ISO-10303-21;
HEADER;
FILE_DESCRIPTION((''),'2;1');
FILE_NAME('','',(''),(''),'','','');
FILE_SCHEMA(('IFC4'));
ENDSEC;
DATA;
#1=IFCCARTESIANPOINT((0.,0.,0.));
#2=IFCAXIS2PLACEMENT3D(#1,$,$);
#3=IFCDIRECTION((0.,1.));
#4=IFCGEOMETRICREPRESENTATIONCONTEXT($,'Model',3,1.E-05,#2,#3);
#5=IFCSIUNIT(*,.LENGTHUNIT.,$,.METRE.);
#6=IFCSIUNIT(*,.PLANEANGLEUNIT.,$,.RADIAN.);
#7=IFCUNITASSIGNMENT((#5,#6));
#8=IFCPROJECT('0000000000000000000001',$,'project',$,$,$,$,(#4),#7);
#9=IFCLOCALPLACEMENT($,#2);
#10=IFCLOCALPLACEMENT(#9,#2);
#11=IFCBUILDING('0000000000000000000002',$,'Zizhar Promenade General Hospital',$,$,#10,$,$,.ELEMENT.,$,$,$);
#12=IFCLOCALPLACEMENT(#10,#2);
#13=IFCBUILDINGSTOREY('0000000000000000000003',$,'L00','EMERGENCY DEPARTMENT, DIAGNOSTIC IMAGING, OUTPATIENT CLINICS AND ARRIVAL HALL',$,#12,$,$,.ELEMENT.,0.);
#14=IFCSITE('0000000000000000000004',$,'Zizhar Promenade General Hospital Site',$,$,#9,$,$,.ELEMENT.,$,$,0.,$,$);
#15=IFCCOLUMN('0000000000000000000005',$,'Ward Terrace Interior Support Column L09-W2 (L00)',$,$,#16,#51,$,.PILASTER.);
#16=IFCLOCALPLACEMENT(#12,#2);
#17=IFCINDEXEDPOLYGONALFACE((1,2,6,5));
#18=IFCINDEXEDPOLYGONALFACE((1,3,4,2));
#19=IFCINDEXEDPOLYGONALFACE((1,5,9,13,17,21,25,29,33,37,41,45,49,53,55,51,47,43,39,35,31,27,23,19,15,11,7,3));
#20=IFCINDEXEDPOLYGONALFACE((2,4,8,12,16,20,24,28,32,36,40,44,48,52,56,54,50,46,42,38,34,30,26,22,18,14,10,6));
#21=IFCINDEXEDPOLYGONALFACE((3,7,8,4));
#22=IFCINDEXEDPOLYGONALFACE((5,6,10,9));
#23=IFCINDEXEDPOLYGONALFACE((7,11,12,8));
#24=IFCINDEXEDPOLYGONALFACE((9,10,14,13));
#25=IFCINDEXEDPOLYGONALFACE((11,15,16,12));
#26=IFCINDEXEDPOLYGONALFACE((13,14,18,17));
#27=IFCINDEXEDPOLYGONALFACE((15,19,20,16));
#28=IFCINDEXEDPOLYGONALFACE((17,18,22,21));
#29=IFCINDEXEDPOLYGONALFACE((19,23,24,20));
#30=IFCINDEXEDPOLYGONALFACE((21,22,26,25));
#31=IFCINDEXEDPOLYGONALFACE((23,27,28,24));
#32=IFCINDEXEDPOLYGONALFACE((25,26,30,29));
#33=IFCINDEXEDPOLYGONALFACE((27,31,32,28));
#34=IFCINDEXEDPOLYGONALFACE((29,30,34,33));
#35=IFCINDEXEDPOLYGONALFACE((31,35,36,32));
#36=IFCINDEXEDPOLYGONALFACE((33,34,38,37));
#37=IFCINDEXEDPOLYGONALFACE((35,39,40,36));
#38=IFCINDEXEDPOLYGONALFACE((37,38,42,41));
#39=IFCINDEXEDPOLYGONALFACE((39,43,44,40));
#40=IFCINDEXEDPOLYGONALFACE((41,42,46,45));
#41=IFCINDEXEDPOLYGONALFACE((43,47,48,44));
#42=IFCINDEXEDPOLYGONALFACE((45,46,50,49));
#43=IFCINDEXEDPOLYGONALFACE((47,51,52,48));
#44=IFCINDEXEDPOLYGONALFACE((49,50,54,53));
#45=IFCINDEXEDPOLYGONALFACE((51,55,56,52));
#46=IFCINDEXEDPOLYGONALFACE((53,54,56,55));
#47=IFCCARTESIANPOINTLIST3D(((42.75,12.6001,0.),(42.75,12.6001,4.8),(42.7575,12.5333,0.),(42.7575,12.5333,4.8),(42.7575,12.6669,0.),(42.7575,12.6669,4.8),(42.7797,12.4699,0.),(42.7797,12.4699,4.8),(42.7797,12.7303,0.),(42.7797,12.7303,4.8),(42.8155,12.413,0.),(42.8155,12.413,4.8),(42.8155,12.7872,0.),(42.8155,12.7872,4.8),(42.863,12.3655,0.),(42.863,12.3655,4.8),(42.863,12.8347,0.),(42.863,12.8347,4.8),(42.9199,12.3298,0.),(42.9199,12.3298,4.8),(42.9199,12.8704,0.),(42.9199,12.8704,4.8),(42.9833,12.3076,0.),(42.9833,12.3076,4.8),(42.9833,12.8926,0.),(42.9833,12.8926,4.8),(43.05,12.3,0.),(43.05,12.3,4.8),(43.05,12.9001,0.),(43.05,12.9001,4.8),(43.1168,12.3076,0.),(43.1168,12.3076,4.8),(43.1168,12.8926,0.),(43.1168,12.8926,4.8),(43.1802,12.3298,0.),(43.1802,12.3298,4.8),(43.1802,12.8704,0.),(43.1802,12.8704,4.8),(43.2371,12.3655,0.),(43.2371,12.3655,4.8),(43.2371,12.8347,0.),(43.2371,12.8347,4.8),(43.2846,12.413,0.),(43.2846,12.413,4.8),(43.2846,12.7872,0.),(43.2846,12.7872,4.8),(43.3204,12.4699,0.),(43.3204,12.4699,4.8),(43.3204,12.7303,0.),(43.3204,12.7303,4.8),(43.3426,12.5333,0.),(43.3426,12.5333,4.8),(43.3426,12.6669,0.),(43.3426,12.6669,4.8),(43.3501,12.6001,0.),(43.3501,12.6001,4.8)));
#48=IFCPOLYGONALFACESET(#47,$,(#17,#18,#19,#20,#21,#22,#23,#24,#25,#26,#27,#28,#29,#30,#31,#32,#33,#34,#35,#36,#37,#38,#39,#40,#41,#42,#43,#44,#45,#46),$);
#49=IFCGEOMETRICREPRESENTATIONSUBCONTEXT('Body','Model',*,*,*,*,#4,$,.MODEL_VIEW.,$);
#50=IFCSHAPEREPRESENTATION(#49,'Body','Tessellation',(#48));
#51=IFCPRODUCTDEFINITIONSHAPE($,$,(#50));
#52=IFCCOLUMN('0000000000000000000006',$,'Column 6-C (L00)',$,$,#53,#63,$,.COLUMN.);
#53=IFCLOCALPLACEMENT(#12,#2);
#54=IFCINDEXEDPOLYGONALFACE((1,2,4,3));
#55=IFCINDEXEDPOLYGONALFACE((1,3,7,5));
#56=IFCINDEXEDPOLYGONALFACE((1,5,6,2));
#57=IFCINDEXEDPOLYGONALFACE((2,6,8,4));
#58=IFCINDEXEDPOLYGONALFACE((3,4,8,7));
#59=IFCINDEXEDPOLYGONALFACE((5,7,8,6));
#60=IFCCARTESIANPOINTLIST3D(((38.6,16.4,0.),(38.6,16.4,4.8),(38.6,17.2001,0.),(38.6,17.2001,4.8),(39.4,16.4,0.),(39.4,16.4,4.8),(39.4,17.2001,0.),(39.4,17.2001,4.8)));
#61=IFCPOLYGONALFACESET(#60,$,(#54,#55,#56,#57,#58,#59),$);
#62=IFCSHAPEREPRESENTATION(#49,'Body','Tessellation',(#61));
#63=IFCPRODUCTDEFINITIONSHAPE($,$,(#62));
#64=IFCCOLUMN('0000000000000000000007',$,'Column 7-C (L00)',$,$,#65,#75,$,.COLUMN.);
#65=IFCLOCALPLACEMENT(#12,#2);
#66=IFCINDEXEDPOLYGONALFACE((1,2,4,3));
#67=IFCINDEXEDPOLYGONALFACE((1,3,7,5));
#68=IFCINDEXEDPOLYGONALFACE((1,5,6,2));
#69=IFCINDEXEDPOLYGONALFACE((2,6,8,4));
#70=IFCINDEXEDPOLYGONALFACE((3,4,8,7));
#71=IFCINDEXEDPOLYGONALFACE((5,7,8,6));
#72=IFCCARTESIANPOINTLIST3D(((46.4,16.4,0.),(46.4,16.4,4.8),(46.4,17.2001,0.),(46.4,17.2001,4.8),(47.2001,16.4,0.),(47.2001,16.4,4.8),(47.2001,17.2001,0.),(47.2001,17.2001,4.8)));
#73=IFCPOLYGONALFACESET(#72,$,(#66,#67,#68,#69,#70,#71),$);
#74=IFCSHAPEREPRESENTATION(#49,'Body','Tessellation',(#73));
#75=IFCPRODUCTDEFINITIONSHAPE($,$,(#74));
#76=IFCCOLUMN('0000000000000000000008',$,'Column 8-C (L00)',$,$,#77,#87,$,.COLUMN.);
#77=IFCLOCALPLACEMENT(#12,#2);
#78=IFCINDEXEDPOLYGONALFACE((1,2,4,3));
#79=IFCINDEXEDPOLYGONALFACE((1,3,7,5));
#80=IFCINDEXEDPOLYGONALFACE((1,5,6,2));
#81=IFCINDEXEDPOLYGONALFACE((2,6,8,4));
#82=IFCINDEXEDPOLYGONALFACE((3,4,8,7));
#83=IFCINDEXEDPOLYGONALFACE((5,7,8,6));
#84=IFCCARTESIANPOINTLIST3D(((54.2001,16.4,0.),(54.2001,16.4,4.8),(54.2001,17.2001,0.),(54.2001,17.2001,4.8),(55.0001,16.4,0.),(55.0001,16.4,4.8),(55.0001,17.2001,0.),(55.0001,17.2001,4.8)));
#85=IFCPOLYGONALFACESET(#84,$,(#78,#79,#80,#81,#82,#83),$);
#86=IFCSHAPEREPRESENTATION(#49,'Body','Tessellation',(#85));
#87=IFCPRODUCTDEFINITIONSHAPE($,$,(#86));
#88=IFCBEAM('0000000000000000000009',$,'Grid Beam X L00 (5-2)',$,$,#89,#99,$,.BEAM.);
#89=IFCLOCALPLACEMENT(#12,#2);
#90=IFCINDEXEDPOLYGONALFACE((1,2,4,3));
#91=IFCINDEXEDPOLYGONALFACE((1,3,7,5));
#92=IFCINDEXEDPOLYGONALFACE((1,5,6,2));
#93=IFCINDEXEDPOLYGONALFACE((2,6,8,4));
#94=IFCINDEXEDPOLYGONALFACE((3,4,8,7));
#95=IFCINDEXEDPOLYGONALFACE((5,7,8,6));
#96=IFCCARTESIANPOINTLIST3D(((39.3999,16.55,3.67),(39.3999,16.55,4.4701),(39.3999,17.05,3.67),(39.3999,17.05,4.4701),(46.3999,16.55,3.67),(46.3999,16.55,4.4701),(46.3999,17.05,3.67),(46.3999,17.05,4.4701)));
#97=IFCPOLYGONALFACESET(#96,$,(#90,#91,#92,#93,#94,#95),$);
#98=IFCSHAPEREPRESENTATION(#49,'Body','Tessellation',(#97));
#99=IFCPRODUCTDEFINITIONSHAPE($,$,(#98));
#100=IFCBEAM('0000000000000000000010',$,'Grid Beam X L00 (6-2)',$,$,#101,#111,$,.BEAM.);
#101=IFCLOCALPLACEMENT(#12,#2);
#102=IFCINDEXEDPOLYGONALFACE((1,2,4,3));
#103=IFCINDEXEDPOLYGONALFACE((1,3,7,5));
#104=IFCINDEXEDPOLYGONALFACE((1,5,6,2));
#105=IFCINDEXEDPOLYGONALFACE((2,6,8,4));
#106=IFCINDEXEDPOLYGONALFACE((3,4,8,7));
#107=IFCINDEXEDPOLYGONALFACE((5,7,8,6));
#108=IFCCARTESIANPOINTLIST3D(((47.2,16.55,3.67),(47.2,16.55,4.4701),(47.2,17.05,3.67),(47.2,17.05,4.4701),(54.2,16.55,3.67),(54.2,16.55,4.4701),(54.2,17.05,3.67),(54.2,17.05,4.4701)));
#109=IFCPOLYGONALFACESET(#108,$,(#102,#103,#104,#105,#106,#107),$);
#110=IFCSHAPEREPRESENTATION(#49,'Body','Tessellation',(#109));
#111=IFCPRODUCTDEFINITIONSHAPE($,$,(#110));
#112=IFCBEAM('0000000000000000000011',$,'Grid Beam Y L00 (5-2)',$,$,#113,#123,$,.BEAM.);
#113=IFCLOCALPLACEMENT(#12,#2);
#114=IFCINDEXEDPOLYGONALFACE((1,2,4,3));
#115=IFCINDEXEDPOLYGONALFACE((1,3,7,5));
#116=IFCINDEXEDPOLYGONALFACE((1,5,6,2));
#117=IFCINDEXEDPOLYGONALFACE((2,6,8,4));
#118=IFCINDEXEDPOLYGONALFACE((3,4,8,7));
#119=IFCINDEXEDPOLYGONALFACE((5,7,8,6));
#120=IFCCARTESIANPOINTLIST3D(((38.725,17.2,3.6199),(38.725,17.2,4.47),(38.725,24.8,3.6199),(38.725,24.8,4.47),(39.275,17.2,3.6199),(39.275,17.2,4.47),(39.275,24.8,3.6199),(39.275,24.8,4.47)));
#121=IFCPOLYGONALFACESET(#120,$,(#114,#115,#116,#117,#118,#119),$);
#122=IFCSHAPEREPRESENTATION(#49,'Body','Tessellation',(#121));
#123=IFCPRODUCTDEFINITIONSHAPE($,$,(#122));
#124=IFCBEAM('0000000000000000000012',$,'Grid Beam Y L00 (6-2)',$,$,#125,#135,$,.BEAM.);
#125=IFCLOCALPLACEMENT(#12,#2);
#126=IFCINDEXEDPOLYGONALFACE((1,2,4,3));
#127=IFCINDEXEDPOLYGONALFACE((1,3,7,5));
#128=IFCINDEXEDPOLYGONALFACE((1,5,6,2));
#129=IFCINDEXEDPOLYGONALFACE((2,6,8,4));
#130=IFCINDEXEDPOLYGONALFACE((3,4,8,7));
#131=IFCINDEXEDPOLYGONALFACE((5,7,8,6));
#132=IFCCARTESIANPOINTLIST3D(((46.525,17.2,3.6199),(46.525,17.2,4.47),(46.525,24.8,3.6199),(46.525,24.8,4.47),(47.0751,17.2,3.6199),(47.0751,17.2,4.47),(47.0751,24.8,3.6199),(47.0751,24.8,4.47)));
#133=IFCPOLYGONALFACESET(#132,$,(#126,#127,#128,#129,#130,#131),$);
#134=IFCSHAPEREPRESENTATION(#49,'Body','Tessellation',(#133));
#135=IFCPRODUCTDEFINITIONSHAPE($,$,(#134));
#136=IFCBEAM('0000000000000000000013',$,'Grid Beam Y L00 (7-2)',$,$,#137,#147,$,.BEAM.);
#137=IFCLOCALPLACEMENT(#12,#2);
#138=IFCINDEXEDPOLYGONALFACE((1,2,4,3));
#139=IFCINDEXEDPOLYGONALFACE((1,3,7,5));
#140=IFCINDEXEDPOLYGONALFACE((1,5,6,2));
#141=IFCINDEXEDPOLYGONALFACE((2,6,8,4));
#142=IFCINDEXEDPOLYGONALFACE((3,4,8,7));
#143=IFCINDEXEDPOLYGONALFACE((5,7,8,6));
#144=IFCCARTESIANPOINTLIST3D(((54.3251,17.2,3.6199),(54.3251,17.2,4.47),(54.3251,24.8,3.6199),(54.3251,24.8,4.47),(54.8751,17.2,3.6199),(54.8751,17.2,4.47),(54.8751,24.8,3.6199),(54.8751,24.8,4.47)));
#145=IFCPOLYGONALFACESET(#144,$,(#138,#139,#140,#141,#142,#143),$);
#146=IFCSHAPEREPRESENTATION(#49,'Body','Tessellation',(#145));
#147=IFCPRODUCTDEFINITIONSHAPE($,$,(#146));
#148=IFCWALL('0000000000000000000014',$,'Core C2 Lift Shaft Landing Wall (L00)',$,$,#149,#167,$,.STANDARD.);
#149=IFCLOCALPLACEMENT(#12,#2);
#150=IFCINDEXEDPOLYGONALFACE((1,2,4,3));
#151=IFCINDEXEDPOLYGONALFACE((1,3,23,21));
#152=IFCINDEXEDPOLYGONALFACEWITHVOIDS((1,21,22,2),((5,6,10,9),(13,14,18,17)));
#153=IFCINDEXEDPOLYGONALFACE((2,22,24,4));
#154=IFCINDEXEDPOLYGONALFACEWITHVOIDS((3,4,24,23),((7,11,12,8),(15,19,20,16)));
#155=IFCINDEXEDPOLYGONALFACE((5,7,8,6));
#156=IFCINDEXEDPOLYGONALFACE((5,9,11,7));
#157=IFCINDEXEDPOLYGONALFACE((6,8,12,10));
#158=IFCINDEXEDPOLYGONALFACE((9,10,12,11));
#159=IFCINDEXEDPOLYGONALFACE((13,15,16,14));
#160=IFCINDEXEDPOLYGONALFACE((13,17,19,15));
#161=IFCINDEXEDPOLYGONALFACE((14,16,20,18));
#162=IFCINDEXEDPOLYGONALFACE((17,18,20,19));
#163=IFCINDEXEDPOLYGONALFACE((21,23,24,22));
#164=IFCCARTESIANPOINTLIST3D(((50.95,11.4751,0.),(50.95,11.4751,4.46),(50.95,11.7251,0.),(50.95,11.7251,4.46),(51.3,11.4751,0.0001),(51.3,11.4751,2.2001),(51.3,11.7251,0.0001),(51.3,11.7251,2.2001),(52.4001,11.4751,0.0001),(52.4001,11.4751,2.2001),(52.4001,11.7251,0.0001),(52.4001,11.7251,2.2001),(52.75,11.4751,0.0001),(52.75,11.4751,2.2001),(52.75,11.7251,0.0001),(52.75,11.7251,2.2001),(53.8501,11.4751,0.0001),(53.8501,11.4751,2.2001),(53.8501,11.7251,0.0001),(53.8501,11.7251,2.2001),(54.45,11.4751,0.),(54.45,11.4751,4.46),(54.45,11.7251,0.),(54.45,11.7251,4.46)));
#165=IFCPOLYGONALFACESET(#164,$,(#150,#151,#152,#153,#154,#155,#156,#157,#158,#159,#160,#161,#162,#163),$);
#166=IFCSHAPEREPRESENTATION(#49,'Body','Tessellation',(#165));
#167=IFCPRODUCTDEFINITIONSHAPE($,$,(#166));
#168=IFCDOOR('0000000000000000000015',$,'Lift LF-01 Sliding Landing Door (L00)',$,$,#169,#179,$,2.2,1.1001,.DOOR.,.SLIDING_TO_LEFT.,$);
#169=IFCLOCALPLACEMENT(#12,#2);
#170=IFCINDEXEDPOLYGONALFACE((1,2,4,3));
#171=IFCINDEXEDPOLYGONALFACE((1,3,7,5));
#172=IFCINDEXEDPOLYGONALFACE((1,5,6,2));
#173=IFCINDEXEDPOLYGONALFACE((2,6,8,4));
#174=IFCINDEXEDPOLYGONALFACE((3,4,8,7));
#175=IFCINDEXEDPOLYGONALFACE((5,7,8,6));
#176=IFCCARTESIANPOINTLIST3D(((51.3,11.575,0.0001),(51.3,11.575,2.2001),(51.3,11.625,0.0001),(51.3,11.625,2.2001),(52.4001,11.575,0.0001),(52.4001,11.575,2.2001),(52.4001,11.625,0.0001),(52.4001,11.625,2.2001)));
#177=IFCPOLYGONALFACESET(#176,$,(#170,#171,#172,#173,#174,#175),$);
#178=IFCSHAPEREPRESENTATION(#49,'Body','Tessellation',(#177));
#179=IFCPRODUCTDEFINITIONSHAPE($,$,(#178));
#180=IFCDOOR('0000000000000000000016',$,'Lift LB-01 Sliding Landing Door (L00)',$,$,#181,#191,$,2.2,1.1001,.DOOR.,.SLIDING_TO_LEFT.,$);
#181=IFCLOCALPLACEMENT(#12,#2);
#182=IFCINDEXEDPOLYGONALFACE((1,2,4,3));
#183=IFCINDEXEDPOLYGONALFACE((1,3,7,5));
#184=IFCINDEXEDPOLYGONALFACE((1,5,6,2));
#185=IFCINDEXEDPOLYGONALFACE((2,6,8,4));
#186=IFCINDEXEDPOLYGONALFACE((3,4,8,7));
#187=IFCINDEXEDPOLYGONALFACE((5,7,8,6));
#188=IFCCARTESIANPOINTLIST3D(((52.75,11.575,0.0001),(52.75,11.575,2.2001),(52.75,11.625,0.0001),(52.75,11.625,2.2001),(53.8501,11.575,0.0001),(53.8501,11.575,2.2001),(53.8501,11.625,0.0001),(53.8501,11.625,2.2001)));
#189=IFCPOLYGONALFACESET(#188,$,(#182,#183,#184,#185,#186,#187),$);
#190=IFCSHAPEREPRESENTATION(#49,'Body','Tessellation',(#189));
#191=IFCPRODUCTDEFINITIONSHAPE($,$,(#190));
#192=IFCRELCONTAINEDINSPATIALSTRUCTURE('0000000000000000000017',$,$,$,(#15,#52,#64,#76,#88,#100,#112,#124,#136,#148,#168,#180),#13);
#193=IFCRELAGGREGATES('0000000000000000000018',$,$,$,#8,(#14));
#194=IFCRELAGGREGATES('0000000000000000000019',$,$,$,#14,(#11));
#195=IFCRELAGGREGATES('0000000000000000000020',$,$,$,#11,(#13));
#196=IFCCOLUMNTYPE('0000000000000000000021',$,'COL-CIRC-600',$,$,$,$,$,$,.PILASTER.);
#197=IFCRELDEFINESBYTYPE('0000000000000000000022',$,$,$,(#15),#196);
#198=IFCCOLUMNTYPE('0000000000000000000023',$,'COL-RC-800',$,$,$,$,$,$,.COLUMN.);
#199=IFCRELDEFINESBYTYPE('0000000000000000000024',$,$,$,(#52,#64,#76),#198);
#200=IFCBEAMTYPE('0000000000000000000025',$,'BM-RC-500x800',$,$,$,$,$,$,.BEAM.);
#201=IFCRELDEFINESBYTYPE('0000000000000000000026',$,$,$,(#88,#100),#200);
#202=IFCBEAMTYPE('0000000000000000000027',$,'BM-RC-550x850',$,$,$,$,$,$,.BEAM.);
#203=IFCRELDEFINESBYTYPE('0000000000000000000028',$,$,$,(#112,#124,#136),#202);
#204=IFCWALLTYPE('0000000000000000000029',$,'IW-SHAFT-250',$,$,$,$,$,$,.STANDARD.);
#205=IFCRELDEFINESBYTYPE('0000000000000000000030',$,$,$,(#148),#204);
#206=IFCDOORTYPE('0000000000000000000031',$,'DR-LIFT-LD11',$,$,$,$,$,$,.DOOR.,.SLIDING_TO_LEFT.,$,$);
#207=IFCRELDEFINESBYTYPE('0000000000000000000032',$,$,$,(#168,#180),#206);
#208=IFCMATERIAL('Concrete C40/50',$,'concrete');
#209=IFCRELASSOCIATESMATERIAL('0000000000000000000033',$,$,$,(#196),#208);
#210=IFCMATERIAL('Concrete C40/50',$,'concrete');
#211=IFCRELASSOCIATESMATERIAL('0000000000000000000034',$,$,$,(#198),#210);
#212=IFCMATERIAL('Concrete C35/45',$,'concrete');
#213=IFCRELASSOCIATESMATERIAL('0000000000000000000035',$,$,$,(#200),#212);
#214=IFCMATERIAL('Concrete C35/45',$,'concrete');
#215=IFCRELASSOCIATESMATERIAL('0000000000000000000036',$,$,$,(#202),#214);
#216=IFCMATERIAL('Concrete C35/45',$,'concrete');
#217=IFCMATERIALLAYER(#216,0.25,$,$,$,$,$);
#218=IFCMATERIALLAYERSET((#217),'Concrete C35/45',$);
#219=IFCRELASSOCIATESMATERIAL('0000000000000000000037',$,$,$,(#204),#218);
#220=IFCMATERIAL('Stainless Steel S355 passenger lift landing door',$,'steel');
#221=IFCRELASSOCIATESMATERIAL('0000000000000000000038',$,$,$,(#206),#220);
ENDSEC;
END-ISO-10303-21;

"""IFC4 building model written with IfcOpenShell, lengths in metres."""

from ifc_helpers import new_model, si_unit, direction, frame, frame_2d, origin, origin_2d, place, context, subcontext, project, spatial, rectangle, circle, extrude, material, layer, layer_set, material_profile, profile_set, type_object, element, fill, save


model = new_model("IFC4")

# Units and contexts
model_context = context("Model", 3, precision=1e-05, world=origin(), true_north=direction((0.0, 1.0)))
body_context = subcontext(model_context, "Body", "Model", "MODEL_VIEW")
ifc_project = project(units=[si_unit("LENGTHUNIT", "METRE"), si_unit("PLANEANGLEUNIT", "RADIAN")], contexts=[model_context])

# Site, building, storey
site_placement = place(None, origin())
site = spatial("IfcSite", under=ifc_project, at=site_placement, Name="Zizhar Promenade General Hospital Site", CompositionType="ELEMENT", RefElevation=0.0)
building_placement = place(site_placement, origin())
building = spatial("IfcBuilding", under=site, at=building_placement, Name="Zizhar Promenade General Hospital", CompositionType="ELEMENT")
storey_placement = place(building_placement, origin())
storey = spatial("IfcBuildingStorey", under=building, at=storey_placement, Name="L00", Description="EMERGENCY DEPARTMENT, DIAGNOSTIC IMAGING, OUTPATIENT CLINICS AND ARRIVAL HALL", CompositionType="ELEMENT", Elevation=0.0)

# Columns
ifc_material_1 = material(Name="Concrete C40/50", Category="concrete")
ifc_material_profile_1 = material_profile(ifc_material_1, circle(Radius=0.3, at=origin_2d()))
ifc_profile_set_1 = profile_set([ifc_material_profile_1], Name="Concrete C40/50")
column_type_1 = type_object("IfcColumnType", Name="COL-CIRC-600", PredefinedType="PILASTER", material=ifc_profile_set_1)
column_placement = place(storey_placement, frame((43.05, 12.6001, 0.0), z_axis=(0.0, 0.0, 1.0), x_axis=(1.0, 0.0, 0.0)))
element("IfcColumn", 1, at=column_placement, inside=storey, type_object=column_type_1, Name="Ward Terrace Interior Support Column L09-W2 (L00)", PredefinedType="PILASTER", context=body_context, shape_type="SweptSolid", body=[
    extrude(circle(Radius=0.3, at=origin_2d()), origin(), (0.0, 0.0, 1.0), 4.8),
])
ifc_material_2 = material(Name="Concrete C40/50", Category="concrete")
ifc_material_profile_2 = material_profile(ifc_material_2, rectangle(XDim=0.8, YDim=0.8, at=origin_2d()))
ifc_profile_set_2 = profile_set([ifc_material_profile_2], Name="Concrete C40/50")
column_type_2 = type_object("IfcColumnType", Name="COL-RC-800", PredefinedType="COLUMN", material=ifc_profile_set_2)
for number, where, z_axis, x_axis, name in (
    (2, (39.0, 16.8, 0.0), (0.0, 0.0, 1.0), (1.0, 0.0, 0.0), "Column 6-C (L00)"),
    (3, (46.8, 16.8, 0.0), (0.0, 0.0, 1.0), (1.0, 0.0, 0.0), "Column 7-C (L00)"),
    (4, (54.6001, 16.8, 0.0), (0.0, 0.0, 1.0), (1.0, 0.0, 0.0), "Column 8-C (L00)"),
):
    element("IfcColumn", number, at=place(storey_placement, frame(where, z_axis=z_axis, x_axis=x_axis)), inside=storey, type_object=column_type_2, Name=name, PredefinedType="COLUMN", context=body_context, shape_type="SweptSolid", body=[
        extrude(rectangle(XDim=0.8, YDim=0.8, at=origin_2d()), origin(), (0.0, 0.0, 1.0), 4.8),
    ])

# Beams
ifc_material_3 = material(Name="Concrete C35/45", Category="concrete")
ifc_material_profile_3 = material_profile(ifc_material_3, rectangle(XDim=0.5, YDim=0.8, at=origin_2d()))
ifc_profile_set_3 = profile_set([ifc_material_profile_3], Name="Concrete C35/45")
beam_type_1 = type_object("IfcBeamType", Name="BM-RC-500x800", PredefinedType="BEAM", material=ifc_profile_set_3)
for number, where, z_axis, x_axis, name in (
    (5, (39.3999, 16.8, 4.0701), (1.0, 0.0, 0.0), (0.0, 1.0, 0.0), "Grid Beam X L00 (5-2)"),
    (6, (47.2, 16.8, 4.0701), (1.0, 0.0, 0.0), (0.0, 1.0, 0.0), "Grid Beam X L00 (6-2)"),
):
    element("IfcBeam", number, at=place(storey_placement, frame(where, z_axis=z_axis, x_axis=x_axis)), inside=storey, type_object=beam_type_1, Name=name, PredefinedType="BEAM", context=body_context, shape_type="SweptSolid", body=[
        extrude(rectangle(XDim=0.5, YDim=0.8, at=origin_2d()), origin(), (0.0, 0.0, 1.0), 7.0),
    ])
ifc_material_4 = material(Name="Concrete C35/45", Category="concrete")
ifc_material_profile_4 = material_profile(ifc_material_4, rectangle(XDim=0.55, YDim=0.8501, at=origin_2d()))
ifc_profile_set_4 = profile_set([ifc_material_profile_4], Name="Concrete C35/45")
beam_type_2 = type_object("IfcBeamType", Name="BM-RC-550x850", PredefinedType="BEAM", material=ifc_profile_set_4)
for number, where, z_axis, x_axis, name in (
    (7, (39.0, 17.2, 4.0449), (0.0, 1.0, 0.0), (-1.0, 0.0, 0.0), "Grid Beam Y L00 (5-2)"),
    (8, (46.8, 17.2, 4.0449), (0.0, 1.0, 0.0), (-1.0, 0.0, 0.0), "Grid Beam Y L00 (6-2)"),
    (9, (54.6001, 17.2, 4.0449), (0.0, 1.0, 0.0), (-1.0, 0.0, 0.0), "Grid Beam Y L00 (7-2)"),
):
    element("IfcBeam", number, at=place(storey_placement, frame(where, z_axis=z_axis, x_axis=x_axis)), inside=storey, type_object=beam_type_2, Name=name, PredefinedType="BEAM", context=body_context, shape_type="SweptSolid", body=[
        extrude(rectangle(XDim=0.55, YDim=0.8501, at=origin_2d()), origin(), (0.0, 0.0, 1.0), 7.6001),
    ])

# Wall, openings, doors
ifc_material_5 = material(Name="Concrete C35/45", Category="concrete")
ifc_layer_1 = layer(ifc_material_5, 0.25)
ifc_layer_set_1 = layer_set([ifc_layer_1], Name="Concrete C35/45")
wall_type_1 = type_object("IfcWallType", Name="IW-SHAFT-250", PredefinedType="STANDARD", material=ifc_layer_set_1)
wall_1_placement = place(storey_placement, frame((50.95, 11.6001, 0.0), z_axis=(0.0, 0.0, 1.0), x_axis=(1.0, 0.0, 0.0)))
wall_1 = element("IfcWall", 10, at=wall_1_placement, inside=storey, type_object=wall_type_1, Name="Core C2 Lift Shaft Landing Wall (L00)", PredefinedType="STANDARD", context=body_context, shape_type="SweptSolid", body=[
    extrude(rectangle(XDim=3.5, YDim=0.25, at=frame_2d((1.75, 0.0))), origin(), (0.0, 0.0, 1.0), 4.46),
])
opening_1_placement = place(wall_1_placement, frame((0.3501, 0.0, 0.0)))
opening_1 = element("IfcOpeningElement", 11, at=opening_1_placement, cuts=wall_1, PredefinedType="OPENING", context=body_context, shape_type="SweptSolid", body=[
    extrude(rectangle(XDim=1.1001, YDim=2.2, at=frame_2d((0.55, 1.1001))), frame((0.0, 0.135, 0.0), z_axis=(0.0, -1.0, 0.0), x_axis=(1.0, 0.0, 0.0)), (0.0, 0.0, 1.0), 0.27),
])
opening_2_placement = place(wall_1_placement, frame((1.8, 0.0, 0.0)))
opening_2 = element("IfcOpeningElement", 12, at=opening_2_placement, cuts=wall_1, PredefinedType="OPENING", context=body_context, shape_type="SweptSolid", body=[
    extrude(rectangle(XDim=1.1001, YDim=2.2, at=frame_2d((0.55, 1.1001))), frame((0.0, 0.135, 0.0), z_axis=(0.0, -1.0, 0.0), x_axis=(1.0, 0.0, 0.0)), (0.0, 0.0, 1.0), 0.27),
])
ifc_material_6 = material(Name="Stainless Steel S355 passenger lift landing door", Category="steel")
door_type_1 = type_object("IfcDoorType", Name="DR-LIFT-LD11", OperationType="SLIDING_TO_LEFT", PredefinedType="DOOR", material=ifc_material_6)
door_1_placement = place(opening_1_placement, origin())
door_1 = element("IfcDoor", 13, at=door_1_placement, inside=storey, type_object=door_type_1, Name="Lift LF-01 Sliding Landing Door (L00)", OperationType="SLIDING_TO_LEFT", OverallHeight=2.2, OverallWidth=1.1001, PredefinedType="DOOR", context=body_context, shape_type="SweptSolid", body=[
    extrude(rectangle(XDim=1.1001, YDim=2.2, at=frame_2d((0.55, 1.1001))), frame((0.0, 0.0249, 0.0), z_axis=(0.0, -1.0, 0.0), x_axis=(1.0, 0.0, 0.0)), (0.0, 0.0, 1.0), 0.05),
])
fill(opening_1, door_1)
door_2_placement = place(opening_2_placement, origin())
door_2 = element("IfcDoor", 14, at=door_2_placement, inside=storey, type_object=door_type_1, Name="Lift LB-01 Sliding Landing Door (L00)", OperationType="SLIDING_TO_LEFT", OverallHeight=2.2, OverallWidth=1.1001, PredefinedType="DOOR", context=body_context, shape_type="SweptSolid", body=[
    extrude(rectangle(XDim=1.1001, YDim=2.2, at=frame_2d((0.55, 1.1001))), frame((0.0, 0.0249, 0.0), z_axis=(0.0, -1.0, 0.0), x_axis=(1.0, 0.0, 0.0)), (0.0, 0.0, 1.0), 0.05),
])
fill(opening_2, door_2)

save(model, "model.ifc")
